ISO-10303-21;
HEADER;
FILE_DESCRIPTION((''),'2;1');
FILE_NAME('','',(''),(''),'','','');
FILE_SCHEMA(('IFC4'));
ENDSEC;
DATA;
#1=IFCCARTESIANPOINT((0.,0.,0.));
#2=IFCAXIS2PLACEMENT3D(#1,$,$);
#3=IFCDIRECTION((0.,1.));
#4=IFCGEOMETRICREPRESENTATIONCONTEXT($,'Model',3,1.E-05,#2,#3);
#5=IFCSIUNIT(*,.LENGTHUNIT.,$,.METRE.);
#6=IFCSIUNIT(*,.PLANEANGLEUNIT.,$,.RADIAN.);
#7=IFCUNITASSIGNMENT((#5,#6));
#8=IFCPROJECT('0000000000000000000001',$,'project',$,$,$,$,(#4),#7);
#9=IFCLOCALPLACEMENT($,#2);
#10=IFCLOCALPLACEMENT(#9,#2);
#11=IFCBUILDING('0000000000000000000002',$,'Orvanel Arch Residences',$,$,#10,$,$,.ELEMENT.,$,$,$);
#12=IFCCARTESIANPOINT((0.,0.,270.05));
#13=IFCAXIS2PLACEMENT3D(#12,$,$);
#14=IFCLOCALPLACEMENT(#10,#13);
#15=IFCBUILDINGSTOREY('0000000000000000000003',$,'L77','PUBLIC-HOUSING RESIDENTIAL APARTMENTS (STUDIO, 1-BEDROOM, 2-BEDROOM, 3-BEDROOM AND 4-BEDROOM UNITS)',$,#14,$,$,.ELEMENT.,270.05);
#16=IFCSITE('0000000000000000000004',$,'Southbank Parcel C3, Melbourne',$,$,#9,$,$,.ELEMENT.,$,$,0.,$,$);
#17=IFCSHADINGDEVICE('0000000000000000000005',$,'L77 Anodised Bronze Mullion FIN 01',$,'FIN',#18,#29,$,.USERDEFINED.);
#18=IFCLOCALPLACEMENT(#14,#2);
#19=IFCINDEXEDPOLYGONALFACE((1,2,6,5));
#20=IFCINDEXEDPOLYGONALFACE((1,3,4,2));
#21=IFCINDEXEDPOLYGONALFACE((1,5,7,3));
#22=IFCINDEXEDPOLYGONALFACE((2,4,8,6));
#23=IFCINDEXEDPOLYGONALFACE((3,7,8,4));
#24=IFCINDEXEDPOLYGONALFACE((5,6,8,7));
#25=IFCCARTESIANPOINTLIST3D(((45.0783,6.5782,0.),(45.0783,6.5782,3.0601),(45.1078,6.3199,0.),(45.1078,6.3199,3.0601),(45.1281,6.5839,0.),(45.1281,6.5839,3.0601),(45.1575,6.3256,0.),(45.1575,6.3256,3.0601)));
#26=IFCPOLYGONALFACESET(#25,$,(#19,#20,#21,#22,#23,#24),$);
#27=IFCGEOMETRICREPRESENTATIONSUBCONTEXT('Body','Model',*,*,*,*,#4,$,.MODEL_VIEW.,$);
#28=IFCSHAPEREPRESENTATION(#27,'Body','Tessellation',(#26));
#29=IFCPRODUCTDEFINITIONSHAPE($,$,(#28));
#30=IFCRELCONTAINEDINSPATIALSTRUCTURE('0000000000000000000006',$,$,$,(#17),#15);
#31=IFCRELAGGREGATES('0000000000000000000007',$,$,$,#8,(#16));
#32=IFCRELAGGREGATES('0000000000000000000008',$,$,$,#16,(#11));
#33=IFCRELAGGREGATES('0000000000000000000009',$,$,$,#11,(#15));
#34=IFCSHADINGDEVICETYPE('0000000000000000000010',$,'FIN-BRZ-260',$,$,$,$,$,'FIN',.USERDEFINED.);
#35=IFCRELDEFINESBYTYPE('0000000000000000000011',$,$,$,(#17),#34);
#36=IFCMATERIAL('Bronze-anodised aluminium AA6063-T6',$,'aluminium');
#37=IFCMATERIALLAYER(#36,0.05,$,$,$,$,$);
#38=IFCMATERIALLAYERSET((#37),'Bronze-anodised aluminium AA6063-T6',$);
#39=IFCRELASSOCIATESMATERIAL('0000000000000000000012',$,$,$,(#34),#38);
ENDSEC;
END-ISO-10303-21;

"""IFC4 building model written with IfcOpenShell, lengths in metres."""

from ifc_helpers import new_model, si_unit, direction, frame, origin, origin_2d, place, context, subcontext, project, spatial, rectangle, extrude, material, layer, layer_set, type_object, element, save


model = new_model("IFC4")

# Units and contexts
model_context = context("Model", 3, precision=1e-05, world=origin(), true_north=direction((0.0, 1.0)))
body_context = subcontext(model_context, "Body", "Model", "MODEL_VIEW")
ifc_project = project(units=[si_unit("LENGTHUNIT", "METRE"), si_unit("PLANEANGLEUNIT", "RADIAN")], contexts=[model_context])

# Site, building, storey
site_placement = place(None, origin())
site = spatial("IfcSite", under=ifc_project, at=site_placement, Name="Southbank Parcel C3, Melbourne", CompositionType="ELEMENT", RefElevation=0.0)
building_placement = place(site_placement, origin())
building = spatial("IfcBuilding", under=site, at=building_placement, Name="Orvanel Arch Residences", CompositionType="ELEMENT")
storey_placement = place(building_placement, frame((0.0, 0.0, 270.05)))
storey = spatial("IfcBuildingStorey", under=building, at=storey_placement, Name="L77", Description="PUBLIC-HOUSING RESIDENTIAL APARTMENTS (STUDIO, 1-BEDROOM, 2-BEDROOM, 3-BEDROOM AND 4-BEDROOM UNITS)", CompositionType="ELEMENT", Elevation=270.05)

# Shared definitions
ifc_material_1 = material(Name="Bronze-anodised aluminium AA6063-T6", Category="aluminium")

# Shading device
ifc_layer_1 = layer(ifc_material_1, 0.05)
ifc_layer_set_1 = layer_set([ifc_layer_1], Name="Bronze-anodised aluminium AA6063-T6")
shading_device_type = type_object("IfcShadingDeviceType", Name="FIN-BRZ-260", ElementType="FIN", PredefinedType="USERDEFINED", material=ifc_layer_set_1)
shading_device_placement = place(storey_placement, frame((45.1179, 6.4519, 0.0), z_axis=(0.0, 0.0, 1.0), x_axis=(0.113203, -0.993572, 0.0)))
element("IfcShadingDevice", 1, at=shading_device_placement, inside=storey, type_object=shading_device_type, Name="L77 Anodised Bronze Mullion FIN 01", ObjectType="FIN", PredefinedType="USERDEFINED", context=body_context, shape_type="SweptSolid", body=[
    extrude(rectangle(XDim=0.26, YDim=0.05, at=origin_2d()), origin(), (0.0, 0.0, 1.0), 3.0601),
])

save(model, "model.ifc")
